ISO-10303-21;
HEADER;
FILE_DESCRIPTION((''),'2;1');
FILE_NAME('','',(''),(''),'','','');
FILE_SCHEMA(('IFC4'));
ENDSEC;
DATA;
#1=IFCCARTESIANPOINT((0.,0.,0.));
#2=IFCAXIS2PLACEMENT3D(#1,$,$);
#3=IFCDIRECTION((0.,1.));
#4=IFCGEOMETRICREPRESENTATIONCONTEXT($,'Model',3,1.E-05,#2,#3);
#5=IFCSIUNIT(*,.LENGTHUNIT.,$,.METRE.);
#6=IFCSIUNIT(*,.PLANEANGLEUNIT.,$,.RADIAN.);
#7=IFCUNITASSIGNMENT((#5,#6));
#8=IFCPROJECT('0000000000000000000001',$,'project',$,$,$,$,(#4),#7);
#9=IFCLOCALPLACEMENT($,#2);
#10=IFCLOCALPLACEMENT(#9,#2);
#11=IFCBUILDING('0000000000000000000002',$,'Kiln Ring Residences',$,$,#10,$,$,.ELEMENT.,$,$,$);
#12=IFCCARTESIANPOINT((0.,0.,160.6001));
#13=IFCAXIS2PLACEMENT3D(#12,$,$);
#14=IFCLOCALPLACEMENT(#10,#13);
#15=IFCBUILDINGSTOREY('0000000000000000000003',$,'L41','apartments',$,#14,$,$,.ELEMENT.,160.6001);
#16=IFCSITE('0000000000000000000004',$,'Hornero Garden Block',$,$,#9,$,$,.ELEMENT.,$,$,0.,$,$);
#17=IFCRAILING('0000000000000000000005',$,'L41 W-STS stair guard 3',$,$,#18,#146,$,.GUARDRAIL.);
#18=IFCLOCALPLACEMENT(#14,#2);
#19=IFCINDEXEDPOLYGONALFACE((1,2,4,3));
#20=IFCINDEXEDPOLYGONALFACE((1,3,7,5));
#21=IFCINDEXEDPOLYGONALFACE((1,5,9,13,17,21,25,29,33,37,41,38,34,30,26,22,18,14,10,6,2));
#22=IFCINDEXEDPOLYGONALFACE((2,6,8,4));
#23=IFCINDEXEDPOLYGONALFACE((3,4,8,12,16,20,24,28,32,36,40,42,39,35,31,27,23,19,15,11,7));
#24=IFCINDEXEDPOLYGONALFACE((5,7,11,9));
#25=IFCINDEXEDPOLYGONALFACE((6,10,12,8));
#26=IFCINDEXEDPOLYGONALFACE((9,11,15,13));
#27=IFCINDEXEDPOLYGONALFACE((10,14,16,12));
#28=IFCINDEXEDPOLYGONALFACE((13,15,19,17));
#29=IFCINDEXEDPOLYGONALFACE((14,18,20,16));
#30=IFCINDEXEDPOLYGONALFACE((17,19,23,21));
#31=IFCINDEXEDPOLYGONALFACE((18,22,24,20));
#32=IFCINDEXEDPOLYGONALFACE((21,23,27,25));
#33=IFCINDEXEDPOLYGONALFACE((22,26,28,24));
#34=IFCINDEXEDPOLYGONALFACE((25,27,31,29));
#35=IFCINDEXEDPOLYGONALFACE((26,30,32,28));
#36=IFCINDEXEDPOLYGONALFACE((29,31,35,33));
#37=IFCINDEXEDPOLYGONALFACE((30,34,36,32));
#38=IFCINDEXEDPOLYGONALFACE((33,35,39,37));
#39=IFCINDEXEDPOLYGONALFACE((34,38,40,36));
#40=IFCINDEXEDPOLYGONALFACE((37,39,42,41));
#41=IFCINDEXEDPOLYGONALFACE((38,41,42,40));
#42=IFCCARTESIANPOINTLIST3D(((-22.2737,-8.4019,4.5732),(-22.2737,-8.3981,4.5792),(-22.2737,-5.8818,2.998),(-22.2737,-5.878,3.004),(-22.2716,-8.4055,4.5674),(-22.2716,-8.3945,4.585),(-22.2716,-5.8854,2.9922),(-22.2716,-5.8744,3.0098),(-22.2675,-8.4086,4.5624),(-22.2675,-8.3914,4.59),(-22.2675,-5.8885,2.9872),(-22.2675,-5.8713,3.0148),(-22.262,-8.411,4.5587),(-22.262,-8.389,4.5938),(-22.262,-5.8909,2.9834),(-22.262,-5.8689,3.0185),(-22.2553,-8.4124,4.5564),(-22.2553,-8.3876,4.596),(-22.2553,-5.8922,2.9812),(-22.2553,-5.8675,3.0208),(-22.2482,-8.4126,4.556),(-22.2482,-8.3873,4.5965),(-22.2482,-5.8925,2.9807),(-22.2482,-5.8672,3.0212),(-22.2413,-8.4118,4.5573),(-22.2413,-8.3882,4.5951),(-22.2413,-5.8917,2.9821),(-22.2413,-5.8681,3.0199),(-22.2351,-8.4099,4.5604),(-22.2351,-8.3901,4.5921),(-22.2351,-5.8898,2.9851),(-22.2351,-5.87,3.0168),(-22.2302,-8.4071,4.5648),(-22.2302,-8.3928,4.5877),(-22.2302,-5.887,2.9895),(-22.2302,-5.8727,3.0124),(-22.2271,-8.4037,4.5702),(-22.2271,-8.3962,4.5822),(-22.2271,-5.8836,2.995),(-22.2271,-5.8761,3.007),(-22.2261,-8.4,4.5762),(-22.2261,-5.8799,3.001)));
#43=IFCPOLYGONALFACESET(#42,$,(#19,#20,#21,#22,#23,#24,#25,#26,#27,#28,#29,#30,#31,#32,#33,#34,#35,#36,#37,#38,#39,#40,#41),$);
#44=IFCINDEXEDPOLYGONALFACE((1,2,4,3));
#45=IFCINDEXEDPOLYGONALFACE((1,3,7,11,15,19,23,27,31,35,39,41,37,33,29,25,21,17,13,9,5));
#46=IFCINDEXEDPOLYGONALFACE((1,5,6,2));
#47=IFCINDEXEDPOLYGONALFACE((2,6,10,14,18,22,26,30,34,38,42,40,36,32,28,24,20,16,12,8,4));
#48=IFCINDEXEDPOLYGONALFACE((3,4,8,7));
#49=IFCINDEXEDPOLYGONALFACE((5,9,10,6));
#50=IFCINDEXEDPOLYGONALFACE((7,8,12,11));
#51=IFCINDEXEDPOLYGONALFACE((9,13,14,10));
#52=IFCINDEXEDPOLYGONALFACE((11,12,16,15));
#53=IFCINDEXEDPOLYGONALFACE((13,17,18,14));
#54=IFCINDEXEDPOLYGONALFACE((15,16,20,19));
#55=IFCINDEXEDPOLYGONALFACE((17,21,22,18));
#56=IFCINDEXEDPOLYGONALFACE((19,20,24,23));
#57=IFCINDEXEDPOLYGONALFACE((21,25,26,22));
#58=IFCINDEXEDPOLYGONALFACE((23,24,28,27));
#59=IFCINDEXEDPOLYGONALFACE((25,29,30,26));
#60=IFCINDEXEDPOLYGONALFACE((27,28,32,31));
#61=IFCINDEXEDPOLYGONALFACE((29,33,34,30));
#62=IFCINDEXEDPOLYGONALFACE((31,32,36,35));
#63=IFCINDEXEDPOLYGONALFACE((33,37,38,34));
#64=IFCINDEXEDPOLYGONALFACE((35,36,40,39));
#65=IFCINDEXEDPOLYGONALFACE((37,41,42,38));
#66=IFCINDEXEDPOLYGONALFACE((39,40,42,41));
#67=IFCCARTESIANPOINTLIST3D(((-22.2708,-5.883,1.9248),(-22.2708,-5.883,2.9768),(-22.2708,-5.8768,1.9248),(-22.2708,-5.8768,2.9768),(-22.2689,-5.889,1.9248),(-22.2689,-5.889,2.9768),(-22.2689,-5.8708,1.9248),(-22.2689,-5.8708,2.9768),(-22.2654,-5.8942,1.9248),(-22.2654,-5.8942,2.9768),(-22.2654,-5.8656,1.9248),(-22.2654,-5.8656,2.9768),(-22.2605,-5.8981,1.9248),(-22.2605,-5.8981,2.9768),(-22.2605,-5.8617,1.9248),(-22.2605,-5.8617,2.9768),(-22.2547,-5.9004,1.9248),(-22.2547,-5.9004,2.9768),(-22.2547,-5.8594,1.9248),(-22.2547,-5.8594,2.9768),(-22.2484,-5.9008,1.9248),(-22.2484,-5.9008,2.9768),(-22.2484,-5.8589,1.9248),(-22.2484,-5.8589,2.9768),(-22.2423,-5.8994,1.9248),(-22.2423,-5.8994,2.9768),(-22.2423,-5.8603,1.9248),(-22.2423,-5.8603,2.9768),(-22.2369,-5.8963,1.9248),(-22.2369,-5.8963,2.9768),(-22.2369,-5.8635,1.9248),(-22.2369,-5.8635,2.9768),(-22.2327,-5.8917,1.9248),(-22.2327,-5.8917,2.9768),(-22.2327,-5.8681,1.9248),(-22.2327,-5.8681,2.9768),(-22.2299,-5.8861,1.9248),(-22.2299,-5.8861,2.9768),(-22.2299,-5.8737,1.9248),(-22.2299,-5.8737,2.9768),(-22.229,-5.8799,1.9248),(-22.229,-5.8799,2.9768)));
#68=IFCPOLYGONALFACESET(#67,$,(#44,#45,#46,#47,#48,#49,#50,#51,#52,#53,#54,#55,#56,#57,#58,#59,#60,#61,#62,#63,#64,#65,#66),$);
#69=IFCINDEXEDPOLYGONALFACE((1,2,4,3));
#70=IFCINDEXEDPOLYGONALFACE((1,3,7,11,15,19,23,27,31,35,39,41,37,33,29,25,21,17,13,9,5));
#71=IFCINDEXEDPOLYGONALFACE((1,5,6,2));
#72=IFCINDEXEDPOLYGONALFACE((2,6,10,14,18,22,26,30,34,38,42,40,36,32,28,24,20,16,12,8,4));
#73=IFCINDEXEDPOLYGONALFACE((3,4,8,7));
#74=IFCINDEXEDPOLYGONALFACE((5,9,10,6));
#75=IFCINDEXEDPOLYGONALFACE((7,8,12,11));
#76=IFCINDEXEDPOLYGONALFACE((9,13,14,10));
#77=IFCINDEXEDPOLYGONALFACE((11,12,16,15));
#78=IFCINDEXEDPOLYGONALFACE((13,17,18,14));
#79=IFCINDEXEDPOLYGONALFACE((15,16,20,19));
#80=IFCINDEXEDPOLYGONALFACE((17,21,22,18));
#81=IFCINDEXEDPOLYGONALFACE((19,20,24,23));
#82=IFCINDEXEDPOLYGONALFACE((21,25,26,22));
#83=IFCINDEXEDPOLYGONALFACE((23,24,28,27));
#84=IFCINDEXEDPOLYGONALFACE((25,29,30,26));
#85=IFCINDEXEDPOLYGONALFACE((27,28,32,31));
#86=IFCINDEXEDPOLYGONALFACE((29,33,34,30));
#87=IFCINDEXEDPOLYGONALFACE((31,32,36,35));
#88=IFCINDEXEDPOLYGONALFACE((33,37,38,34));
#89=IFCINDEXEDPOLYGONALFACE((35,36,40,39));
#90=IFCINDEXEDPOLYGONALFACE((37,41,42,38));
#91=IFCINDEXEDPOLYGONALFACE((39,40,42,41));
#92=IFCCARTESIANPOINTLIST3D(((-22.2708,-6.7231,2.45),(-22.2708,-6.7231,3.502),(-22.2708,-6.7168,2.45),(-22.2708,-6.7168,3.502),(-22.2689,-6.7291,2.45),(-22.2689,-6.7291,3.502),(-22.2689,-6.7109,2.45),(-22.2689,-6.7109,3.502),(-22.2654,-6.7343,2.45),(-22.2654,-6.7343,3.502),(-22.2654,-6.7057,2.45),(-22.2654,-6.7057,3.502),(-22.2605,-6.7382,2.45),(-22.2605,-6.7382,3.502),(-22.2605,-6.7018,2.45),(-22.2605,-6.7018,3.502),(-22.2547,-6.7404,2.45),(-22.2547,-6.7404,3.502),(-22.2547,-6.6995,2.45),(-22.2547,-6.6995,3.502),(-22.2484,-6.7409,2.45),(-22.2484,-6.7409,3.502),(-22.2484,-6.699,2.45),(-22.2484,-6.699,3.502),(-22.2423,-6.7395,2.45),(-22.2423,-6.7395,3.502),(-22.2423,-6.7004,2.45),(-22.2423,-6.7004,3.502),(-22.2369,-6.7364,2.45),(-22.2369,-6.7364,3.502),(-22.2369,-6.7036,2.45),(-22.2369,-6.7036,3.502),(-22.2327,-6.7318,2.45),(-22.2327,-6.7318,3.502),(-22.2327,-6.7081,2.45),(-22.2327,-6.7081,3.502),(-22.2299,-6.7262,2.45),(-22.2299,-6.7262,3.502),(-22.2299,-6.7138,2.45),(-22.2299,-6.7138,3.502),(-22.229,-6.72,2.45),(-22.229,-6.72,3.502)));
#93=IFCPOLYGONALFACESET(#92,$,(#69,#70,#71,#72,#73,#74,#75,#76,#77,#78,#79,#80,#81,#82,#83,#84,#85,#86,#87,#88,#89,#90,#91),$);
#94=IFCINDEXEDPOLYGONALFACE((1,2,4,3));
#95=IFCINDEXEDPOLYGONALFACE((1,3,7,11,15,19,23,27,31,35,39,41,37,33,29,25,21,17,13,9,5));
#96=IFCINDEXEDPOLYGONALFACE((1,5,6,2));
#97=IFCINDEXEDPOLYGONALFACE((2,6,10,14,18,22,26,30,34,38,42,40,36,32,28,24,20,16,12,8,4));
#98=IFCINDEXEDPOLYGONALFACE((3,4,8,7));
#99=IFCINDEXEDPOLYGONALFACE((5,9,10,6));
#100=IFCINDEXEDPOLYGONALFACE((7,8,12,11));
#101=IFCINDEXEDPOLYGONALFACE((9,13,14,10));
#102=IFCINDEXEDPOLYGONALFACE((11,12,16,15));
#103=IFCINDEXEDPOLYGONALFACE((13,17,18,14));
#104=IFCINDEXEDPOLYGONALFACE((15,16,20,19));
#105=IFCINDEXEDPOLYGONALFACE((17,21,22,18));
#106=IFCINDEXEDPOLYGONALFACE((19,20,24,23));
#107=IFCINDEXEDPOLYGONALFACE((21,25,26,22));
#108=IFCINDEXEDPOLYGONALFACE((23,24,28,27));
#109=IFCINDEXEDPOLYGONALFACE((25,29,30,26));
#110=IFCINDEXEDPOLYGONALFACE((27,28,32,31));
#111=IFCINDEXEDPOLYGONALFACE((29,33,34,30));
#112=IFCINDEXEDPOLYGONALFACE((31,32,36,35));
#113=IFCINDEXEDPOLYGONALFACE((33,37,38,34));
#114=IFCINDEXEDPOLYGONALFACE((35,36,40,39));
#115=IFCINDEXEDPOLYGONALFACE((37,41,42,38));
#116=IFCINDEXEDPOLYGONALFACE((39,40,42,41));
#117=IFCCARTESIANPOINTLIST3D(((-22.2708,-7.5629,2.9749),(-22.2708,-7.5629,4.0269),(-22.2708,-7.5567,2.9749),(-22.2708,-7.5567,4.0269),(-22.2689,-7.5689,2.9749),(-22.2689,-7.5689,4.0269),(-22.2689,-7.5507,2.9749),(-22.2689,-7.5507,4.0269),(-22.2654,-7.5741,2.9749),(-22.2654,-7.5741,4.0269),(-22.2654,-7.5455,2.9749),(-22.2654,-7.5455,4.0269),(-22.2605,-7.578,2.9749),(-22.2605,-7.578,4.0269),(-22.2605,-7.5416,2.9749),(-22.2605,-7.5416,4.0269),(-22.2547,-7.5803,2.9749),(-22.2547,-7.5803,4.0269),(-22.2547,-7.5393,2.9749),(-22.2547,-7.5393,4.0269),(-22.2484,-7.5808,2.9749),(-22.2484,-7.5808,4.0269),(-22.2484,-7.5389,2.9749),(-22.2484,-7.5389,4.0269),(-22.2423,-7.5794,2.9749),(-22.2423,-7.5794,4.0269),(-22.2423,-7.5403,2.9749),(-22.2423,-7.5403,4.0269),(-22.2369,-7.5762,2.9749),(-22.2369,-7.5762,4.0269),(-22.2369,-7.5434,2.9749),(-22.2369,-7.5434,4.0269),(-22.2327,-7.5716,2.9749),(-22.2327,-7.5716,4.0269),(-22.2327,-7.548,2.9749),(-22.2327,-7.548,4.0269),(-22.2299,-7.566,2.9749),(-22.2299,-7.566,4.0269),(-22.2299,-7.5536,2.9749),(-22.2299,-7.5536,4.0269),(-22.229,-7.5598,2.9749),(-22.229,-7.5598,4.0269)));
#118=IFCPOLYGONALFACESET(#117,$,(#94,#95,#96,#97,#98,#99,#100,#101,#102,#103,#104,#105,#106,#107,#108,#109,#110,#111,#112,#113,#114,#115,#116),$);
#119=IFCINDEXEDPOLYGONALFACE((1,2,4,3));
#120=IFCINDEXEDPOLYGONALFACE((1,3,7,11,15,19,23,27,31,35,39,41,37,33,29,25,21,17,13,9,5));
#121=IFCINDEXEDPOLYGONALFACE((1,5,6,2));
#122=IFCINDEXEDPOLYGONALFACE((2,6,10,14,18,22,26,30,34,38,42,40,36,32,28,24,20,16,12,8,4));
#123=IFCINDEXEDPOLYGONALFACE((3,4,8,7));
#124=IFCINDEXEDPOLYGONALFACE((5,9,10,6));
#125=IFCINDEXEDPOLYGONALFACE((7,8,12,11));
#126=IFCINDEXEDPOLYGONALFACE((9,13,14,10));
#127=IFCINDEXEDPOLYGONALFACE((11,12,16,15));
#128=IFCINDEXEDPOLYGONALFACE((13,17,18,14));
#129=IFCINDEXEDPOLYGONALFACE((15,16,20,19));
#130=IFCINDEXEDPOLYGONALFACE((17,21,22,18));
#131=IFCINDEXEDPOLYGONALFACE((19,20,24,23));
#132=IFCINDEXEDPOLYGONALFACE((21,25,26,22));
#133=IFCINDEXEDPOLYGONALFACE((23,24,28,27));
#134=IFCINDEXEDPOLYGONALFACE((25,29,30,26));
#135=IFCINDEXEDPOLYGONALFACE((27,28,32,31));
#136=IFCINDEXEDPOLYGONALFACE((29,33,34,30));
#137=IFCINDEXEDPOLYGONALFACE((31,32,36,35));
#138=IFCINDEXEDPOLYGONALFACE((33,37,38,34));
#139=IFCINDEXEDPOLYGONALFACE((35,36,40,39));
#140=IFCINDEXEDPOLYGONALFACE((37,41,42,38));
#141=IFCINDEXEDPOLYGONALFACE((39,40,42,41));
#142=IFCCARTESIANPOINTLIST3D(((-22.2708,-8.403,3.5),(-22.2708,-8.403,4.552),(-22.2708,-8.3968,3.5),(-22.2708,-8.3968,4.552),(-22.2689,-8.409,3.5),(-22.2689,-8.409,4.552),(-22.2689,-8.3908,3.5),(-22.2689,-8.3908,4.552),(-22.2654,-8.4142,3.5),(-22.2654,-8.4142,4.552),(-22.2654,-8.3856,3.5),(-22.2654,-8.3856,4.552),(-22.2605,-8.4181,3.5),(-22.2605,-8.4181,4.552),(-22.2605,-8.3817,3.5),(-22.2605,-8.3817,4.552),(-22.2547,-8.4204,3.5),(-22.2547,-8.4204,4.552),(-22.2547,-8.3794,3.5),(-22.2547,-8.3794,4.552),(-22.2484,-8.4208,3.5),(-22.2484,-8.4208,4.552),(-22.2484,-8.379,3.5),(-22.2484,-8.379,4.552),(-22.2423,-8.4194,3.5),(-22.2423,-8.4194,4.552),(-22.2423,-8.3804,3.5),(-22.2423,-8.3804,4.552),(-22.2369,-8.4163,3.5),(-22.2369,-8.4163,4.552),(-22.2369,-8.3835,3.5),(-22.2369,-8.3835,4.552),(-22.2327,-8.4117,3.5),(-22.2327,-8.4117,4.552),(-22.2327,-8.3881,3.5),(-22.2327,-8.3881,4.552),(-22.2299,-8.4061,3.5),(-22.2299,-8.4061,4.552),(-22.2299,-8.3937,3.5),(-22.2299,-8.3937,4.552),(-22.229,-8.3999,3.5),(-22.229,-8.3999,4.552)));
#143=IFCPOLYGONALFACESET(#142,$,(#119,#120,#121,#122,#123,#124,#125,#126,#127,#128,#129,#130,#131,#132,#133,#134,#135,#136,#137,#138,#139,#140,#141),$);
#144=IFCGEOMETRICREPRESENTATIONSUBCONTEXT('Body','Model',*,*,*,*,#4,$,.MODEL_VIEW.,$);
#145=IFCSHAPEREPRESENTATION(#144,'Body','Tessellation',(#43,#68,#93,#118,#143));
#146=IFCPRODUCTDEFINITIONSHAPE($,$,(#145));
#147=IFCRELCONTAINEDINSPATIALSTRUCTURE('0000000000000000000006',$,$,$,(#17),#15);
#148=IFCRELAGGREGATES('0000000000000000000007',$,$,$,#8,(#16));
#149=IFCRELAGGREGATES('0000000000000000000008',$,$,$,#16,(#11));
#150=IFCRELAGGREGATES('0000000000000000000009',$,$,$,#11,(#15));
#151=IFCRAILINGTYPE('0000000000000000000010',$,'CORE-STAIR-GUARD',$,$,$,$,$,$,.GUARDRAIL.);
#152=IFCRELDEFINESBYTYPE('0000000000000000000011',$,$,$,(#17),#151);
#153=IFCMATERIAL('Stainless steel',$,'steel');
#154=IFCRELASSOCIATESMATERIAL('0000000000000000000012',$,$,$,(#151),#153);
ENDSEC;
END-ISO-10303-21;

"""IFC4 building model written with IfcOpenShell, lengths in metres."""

from ifc_helpers import new_model, si_unit, direction, frame, origin, origin_2d, place, context, subcontext, project, spatial, circle, extrude, material, type_object, element, save


model = new_model("IFC4")

# Units and contexts
model_context = context("Model", 3, precision=1e-05, world=origin(), true_north=direction((0.0, 1.0)))
body_context = subcontext(model_context, "Body", "Model", "MODEL_VIEW")
ifc_project = project(units=[si_unit("LENGTHUNIT", "METRE"), si_unit("PLANEANGLEUNIT", "RADIAN")], contexts=[model_context])

# Site, building, storey
site_placement = place(None, origin())
site = spatial("IfcSite", under=ifc_project, at=site_placement, Name="Hornero Garden Block", CompositionType="ELEMENT", RefElevation=0.0)
building_placement = place(site_placement, origin())
building = spatial("IfcBuilding", under=site, at=building_placement, Name="Kiln Ring Residences", CompositionType="ELEMENT")
storey_placement = place(building_placement, frame((0.0, 0.0, 160.6001)))
storey = spatial("IfcBuildingStorey", under=building, at=storey_placement, Name="L41", Description="apartments", CompositionType="ELEMENT", Elevation=160.6001)

# Railing
ifc_material_1 = material(Name="Stainless steel", Category="steel")
railing_type_1 = type_object("IfcRailingType", Name="CORE-STAIR-GUARD", PredefinedType="GUARDRAIL", material=ifc_material_1)
railing_1_placement = place(storey_placement, frame((-22.25, -5.8799, 1.9248)))
element("IfcRailing", 1, at=railing_1_placement, inside=storey, type_object=railing_type_1, Name="L41 W-STS stair guard 3", PredefinedType="GUARDRAIL", context=body_context, shape_type="SweptSolid", body=[
    extrude(circle(Radius=0.0239, at=origin_2d()), frame((0.0, 0.0, 1.0762), z_axis=(0.0, -0.847971, 0.530043), x_axis=(1.0, 0.0, 0.0)), (0.0, 0.0, 1.0), 2.9719),
    extrude(circle(Radius=0.021, at=origin_2d()), origin(), (0.0, 0.0, 1.0), 1.052),
    extrude(circle(Radius=0.021, at=origin_2d()), frame((0.0, -0.8401, 0.5251)), (0.0, 0.0, 1.0), 1.052),
    extrude(circle(Radius=0.021, at=origin_2d()), frame((0.0, -1.6799, 1.05)), (0.0, 0.0, 1.0), 1.052),
    extrude(circle(Radius=0.021, at=origin_2d()), frame((0.0, -2.52, 1.5752)), (0.0, 0.0, 1.0), 1.052),
])

save(model, "model.ifc")
